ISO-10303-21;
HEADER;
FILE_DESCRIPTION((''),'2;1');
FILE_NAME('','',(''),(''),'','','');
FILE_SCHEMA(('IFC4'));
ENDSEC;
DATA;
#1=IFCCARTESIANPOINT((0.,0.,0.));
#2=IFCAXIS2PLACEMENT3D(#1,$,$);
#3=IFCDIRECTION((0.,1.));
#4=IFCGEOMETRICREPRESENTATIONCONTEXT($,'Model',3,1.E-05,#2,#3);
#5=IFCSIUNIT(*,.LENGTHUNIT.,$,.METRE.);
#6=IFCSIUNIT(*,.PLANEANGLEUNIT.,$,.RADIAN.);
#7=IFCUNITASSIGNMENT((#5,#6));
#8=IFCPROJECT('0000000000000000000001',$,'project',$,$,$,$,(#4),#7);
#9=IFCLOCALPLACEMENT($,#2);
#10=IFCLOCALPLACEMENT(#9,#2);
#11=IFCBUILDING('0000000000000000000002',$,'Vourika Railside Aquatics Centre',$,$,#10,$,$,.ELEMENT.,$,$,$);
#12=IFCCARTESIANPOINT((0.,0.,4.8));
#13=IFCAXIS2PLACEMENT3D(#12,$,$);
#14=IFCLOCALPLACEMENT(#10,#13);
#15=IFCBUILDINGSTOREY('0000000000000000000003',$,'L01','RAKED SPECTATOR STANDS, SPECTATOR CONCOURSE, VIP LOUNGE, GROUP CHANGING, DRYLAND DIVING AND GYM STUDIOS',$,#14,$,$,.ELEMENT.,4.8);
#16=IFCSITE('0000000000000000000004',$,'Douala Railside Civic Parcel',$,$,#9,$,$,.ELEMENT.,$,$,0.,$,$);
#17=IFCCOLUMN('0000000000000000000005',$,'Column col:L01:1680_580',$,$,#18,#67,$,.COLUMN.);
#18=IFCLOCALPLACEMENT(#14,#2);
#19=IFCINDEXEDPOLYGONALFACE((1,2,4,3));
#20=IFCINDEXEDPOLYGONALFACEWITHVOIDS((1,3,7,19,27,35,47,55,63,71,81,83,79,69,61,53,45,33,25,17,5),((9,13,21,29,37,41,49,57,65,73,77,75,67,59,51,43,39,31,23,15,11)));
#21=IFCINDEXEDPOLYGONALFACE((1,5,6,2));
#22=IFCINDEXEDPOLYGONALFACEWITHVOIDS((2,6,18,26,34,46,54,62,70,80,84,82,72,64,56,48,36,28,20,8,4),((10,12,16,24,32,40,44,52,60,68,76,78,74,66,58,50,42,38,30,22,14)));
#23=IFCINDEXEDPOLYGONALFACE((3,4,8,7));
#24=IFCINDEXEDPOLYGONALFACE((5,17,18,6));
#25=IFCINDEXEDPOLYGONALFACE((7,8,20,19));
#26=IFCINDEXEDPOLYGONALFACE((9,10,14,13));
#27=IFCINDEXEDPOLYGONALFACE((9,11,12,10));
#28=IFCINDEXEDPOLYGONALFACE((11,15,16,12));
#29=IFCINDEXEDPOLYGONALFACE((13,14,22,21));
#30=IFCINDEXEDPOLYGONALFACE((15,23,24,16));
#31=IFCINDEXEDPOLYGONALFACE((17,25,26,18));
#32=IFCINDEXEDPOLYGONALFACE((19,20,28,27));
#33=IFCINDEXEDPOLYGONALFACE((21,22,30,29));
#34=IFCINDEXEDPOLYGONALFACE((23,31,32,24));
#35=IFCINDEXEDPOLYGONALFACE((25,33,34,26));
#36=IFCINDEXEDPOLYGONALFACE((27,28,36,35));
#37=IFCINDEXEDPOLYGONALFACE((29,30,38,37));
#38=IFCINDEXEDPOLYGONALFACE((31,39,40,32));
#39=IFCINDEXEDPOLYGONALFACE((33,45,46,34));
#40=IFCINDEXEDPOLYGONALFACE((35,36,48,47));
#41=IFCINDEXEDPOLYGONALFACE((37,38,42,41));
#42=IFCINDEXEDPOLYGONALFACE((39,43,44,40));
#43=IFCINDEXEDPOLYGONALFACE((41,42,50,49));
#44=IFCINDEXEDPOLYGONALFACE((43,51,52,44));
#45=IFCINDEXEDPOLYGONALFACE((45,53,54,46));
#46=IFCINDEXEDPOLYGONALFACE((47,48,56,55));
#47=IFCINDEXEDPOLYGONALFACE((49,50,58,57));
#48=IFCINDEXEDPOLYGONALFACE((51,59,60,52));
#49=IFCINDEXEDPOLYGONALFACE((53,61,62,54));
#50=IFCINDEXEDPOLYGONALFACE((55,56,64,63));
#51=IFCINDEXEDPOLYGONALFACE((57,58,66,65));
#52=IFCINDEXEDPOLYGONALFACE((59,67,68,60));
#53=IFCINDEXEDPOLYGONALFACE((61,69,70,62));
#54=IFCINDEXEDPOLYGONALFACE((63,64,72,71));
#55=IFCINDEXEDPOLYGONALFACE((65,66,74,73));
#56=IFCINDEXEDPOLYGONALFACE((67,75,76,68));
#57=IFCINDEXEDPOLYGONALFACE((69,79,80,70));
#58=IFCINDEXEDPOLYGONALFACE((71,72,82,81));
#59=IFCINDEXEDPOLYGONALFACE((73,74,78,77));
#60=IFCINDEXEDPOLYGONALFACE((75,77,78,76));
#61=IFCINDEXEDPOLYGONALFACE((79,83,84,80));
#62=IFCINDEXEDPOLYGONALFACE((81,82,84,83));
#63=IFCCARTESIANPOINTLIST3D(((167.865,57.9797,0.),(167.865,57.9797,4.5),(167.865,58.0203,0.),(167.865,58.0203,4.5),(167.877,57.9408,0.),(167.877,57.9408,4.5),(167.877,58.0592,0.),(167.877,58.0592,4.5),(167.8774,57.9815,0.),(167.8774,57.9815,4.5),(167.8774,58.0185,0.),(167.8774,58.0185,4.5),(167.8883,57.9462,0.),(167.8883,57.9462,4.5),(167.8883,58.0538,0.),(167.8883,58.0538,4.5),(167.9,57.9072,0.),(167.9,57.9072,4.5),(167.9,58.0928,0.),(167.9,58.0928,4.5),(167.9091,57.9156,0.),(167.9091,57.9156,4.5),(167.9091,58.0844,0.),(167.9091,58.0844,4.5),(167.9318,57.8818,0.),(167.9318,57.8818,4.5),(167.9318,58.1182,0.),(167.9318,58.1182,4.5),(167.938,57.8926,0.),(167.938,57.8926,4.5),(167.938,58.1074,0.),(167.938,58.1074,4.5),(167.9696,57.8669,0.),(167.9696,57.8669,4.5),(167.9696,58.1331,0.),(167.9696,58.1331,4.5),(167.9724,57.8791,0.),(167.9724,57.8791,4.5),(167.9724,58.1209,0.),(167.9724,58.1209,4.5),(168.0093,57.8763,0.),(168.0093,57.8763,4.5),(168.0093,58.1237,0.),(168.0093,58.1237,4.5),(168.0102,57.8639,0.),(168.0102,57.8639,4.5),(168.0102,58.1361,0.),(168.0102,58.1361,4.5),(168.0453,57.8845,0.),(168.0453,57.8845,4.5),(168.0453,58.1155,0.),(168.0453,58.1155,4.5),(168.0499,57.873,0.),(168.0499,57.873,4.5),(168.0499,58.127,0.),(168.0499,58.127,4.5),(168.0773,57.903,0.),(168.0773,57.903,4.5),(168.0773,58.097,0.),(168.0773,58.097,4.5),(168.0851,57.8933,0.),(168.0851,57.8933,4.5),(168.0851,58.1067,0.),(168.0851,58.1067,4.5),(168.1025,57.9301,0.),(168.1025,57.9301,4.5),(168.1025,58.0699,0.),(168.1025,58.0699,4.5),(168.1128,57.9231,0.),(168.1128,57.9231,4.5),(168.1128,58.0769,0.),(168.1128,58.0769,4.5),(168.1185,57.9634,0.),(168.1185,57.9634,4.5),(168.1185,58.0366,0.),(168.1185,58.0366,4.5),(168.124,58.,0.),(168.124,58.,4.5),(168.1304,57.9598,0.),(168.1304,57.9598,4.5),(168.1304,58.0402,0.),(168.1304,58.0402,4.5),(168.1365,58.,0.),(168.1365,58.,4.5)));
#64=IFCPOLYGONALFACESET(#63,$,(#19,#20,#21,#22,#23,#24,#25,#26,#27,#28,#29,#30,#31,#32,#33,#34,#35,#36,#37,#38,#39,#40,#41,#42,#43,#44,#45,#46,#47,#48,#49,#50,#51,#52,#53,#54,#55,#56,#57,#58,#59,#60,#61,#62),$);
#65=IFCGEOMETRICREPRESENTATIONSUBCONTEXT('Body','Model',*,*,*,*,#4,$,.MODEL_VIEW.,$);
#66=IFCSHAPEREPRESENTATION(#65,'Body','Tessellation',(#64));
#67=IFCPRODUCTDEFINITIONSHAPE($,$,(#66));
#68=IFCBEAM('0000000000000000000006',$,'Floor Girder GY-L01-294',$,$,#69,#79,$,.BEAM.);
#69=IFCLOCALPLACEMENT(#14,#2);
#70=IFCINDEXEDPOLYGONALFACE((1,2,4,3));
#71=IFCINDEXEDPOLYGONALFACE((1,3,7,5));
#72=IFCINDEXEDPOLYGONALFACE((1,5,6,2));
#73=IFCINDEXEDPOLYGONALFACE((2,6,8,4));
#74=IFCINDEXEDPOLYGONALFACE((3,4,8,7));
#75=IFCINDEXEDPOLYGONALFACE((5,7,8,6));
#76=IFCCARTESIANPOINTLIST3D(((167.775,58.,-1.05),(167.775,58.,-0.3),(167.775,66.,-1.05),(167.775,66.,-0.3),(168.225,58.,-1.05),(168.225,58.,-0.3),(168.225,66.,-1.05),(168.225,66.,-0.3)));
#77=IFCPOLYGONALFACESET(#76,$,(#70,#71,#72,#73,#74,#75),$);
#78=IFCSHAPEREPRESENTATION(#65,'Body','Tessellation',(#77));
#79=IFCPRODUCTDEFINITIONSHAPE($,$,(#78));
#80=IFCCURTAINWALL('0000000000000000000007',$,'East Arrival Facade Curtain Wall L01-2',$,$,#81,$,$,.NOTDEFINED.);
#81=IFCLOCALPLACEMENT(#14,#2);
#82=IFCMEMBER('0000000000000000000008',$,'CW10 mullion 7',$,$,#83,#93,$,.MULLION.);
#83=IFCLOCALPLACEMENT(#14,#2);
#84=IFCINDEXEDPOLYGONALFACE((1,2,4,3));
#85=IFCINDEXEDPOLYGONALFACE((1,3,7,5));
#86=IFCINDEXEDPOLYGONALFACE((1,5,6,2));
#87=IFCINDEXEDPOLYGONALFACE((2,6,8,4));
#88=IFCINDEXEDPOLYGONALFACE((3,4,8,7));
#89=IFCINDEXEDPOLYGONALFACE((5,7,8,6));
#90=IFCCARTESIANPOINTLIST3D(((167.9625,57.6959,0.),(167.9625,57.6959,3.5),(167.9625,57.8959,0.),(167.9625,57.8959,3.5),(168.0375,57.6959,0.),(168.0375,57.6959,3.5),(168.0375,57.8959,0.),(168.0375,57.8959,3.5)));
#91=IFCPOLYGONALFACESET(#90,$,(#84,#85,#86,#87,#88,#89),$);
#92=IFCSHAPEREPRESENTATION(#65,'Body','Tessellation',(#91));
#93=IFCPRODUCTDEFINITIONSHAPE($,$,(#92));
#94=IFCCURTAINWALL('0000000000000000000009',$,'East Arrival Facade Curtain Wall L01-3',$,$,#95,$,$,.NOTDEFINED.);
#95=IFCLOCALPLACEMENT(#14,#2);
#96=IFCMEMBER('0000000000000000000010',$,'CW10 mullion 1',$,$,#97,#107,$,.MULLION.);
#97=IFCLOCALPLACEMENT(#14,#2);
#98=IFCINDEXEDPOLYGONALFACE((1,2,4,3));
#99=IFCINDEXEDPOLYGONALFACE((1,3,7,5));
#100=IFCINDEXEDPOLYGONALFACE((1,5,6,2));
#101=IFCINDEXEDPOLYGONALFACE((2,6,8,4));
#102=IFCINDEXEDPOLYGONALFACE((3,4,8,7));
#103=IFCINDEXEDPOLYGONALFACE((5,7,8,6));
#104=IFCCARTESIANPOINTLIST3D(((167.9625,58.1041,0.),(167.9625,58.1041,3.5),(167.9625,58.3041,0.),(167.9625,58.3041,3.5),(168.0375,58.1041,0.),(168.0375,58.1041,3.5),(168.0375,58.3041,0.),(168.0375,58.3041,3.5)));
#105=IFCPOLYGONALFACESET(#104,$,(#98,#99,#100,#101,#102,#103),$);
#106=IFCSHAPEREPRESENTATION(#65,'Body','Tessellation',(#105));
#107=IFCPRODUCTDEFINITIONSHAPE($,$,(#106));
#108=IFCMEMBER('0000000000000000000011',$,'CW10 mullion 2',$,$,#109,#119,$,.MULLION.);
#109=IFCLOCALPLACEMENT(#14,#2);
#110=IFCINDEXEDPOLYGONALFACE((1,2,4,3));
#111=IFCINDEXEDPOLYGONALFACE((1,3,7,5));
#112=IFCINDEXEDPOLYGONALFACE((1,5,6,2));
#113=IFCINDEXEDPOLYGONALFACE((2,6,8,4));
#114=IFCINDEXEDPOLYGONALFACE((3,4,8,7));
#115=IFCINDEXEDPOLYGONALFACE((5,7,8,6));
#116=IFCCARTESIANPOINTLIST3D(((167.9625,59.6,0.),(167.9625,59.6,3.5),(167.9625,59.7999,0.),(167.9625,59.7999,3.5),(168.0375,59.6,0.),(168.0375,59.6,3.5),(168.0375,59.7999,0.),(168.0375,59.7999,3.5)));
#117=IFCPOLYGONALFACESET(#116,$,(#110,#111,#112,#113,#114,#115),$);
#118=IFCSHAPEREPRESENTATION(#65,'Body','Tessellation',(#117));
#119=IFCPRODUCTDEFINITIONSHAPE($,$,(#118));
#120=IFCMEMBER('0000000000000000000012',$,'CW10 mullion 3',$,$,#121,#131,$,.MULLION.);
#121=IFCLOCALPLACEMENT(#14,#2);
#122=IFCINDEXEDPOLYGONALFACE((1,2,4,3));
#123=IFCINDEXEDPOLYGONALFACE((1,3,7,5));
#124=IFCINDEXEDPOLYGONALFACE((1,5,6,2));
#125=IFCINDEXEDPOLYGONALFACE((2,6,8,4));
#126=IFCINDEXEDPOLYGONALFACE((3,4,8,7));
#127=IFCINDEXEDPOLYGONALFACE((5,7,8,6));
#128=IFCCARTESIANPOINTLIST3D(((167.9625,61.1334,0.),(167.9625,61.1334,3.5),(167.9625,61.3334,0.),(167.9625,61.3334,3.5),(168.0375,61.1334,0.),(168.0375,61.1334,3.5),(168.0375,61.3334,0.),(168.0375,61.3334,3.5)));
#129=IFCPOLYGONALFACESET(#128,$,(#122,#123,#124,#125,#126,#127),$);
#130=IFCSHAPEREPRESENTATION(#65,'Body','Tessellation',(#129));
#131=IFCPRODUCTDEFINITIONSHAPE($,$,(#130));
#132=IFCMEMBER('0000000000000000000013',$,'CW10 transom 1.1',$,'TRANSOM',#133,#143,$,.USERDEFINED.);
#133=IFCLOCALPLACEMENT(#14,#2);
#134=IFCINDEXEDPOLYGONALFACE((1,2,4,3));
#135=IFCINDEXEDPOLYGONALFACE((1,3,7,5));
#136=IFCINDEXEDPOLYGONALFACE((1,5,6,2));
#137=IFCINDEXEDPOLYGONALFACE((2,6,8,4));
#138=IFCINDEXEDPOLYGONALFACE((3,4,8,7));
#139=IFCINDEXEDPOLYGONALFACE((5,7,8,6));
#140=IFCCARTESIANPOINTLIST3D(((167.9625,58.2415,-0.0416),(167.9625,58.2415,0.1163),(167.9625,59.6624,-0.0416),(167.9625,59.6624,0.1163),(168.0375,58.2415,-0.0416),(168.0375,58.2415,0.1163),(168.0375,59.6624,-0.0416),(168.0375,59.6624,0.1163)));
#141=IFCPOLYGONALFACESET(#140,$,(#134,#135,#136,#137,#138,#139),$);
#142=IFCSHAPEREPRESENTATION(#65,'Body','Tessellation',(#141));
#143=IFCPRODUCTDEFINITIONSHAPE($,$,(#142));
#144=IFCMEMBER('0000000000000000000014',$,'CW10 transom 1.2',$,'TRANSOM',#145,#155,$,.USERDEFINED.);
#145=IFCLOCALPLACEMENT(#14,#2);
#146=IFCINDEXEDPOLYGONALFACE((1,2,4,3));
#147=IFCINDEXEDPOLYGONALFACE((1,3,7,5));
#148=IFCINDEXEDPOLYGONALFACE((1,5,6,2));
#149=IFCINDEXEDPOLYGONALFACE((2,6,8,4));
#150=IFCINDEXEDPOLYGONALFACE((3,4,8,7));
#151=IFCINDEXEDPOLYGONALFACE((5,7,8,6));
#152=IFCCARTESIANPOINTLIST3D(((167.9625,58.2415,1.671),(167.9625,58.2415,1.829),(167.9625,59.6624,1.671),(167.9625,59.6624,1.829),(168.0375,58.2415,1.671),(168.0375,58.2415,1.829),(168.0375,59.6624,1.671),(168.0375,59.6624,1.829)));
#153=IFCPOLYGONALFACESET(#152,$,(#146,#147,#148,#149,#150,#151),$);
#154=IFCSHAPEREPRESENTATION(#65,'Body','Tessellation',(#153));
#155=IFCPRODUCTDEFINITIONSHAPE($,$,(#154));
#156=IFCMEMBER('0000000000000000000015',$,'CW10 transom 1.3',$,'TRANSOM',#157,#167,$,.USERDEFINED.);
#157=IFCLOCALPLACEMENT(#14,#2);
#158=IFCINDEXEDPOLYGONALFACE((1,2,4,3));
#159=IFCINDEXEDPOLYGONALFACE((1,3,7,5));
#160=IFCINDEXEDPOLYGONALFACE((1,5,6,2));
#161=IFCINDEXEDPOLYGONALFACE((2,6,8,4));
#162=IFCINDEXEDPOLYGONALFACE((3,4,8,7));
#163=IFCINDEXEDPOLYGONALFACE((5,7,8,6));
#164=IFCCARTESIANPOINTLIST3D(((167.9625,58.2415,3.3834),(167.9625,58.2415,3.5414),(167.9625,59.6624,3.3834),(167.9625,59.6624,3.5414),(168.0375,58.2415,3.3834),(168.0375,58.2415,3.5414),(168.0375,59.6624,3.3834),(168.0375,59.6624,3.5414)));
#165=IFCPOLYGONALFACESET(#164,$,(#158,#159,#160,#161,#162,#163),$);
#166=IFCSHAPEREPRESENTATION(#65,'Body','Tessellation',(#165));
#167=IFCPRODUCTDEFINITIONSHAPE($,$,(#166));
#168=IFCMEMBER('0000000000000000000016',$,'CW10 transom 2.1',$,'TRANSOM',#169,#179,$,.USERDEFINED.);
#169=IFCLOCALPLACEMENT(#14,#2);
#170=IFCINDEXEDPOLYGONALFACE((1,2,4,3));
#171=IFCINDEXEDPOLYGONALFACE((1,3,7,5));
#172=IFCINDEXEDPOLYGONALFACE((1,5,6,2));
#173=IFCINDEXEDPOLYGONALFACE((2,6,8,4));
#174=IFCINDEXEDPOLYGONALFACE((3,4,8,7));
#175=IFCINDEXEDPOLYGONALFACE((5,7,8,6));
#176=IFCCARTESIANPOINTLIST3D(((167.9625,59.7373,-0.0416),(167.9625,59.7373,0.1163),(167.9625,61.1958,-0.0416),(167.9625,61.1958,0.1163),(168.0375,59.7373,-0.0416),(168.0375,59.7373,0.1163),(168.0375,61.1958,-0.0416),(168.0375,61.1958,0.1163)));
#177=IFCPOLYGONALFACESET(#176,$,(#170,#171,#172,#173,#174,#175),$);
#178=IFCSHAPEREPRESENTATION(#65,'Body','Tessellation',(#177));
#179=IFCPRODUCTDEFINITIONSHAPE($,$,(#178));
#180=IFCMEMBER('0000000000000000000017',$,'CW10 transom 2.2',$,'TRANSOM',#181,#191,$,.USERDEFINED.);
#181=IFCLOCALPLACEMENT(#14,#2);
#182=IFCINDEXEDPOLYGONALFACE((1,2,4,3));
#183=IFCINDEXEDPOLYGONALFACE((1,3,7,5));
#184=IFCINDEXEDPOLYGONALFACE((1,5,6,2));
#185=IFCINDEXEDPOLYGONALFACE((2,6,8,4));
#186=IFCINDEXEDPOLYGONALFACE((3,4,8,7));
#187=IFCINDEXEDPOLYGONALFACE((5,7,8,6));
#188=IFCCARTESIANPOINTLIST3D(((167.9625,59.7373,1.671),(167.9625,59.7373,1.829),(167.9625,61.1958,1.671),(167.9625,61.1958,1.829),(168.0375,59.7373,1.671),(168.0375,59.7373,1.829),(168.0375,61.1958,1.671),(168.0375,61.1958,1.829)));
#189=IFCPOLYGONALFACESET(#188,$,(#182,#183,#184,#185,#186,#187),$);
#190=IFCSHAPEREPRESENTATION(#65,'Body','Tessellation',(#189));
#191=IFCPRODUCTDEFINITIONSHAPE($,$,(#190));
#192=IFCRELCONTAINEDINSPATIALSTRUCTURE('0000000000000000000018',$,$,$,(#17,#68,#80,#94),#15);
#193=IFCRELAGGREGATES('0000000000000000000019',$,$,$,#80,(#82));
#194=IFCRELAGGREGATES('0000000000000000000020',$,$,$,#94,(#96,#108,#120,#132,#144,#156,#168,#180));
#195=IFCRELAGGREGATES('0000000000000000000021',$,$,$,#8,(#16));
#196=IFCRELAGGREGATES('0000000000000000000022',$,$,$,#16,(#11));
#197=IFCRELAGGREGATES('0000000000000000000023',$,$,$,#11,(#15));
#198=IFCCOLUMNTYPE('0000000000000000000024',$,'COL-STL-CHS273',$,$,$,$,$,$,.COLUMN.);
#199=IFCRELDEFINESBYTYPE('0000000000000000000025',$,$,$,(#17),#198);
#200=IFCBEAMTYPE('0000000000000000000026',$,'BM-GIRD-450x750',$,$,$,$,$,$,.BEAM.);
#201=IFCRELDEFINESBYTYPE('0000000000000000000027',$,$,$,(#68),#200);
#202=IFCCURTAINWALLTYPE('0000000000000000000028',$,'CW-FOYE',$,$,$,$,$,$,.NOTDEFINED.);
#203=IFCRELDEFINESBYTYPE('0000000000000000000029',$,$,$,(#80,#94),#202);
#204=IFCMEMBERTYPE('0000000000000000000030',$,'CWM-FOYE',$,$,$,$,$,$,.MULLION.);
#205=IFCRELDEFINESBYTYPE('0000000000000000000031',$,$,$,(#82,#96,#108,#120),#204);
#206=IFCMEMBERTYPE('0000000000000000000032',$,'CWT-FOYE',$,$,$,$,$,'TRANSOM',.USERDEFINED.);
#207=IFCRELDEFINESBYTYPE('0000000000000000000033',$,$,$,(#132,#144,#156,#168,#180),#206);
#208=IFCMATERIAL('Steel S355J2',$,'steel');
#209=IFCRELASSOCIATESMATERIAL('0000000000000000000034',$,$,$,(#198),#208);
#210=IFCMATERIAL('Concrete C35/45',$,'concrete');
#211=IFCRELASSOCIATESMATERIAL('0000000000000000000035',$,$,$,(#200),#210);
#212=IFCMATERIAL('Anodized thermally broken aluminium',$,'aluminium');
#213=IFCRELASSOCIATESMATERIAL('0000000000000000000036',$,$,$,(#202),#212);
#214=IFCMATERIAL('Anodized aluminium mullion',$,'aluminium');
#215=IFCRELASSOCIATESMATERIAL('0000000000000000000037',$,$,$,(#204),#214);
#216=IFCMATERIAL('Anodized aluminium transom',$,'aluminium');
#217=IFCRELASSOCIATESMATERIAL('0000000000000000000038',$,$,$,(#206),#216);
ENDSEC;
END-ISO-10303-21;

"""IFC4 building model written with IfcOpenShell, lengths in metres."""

from ifc_helpers import new_model, si_unit, direction, frame, origin, origin_2d, place, context, subcontext, project, spatial, rectangle, hollow_circle, extrude, material, material_profile, profile_set, type_object, element, aggregate, save


model = new_model("IFC4")

# Units and contexts
model_context = context("Model", 3, precision=1e-05, world=origin(), true_north=direction((0.0, 1.0)))
body_context = subcontext(model_context, "Body", "Model", "MODEL_VIEW")
ifc_project = project(units=[si_unit("LENGTHUNIT", "METRE"), si_unit("PLANEANGLEUNIT", "RADIAN")], contexts=[model_context])

# Site, building, storey
site_placement = place(None, origin())
site = spatial("IfcSite", under=ifc_project, at=site_placement, Name="Douala Railside Civic Parcel", CompositionType="ELEMENT", RefElevation=0.0)
building_placement = place(site_placement, origin())
building = spatial("IfcBuilding", under=site, at=building_placement, Name="Vourika Railside Aquatics Centre", CompositionType="ELEMENT")
storey_placement = place(building_placement, frame((0.0, 0.0, 4.8)))
storey = spatial("IfcBuildingStorey", under=building, at=storey_placement, Name="L01", Description="RAKED SPECTATOR STANDS, SPECTATOR CONCOURSE, VIP LOUNGE, GROUP CHANGING, DRYLAND DIVING AND GYM STUDIOS", CompositionType="ELEMENT", Elevation=4.8)

# Column
ifc_material_1 = material(Name="Steel S355J2", Category="steel")
ifc_material_profile_1 = material_profile(ifc_material_1, hollow_circle(Radius=0.1365, WallThickness=0.0125, at=origin_2d()), Name="CHS 273x12.5")
ifc_profile_set_1 = profile_set([ifc_material_profile_1], Name="Steel S355J2")
column_type = type_object("IfcColumnType", Name="COL-STL-CHS273", PredefinedType="COLUMN", material=ifc_profile_set_1)
column_placement = place(storey_placement, frame((168.0, 58.0, 0.0), z_axis=(0.0, 0.0, 1.0), x_axis=(1.0, 0.0, 0.0)))
element("IfcColumn", 1, at=column_placement, inside=storey, type_object=column_type, Name="Column col:L01:1680_580", PredefinedType="COLUMN", context=body_context, shape_type="SweptSolid", body=[
    extrude(hollow_circle(Radius=0.1365, WallThickness=0.0125, at=origin_2d()), origin(), (0.0, 0.0, 1.0), 4.5),
])

# Beam
ifc_material_2 = material(Name="Concrete C35/45", Category="concrete")
ifc_material_profile_2 = material_profile(ifc_material_2, rectangle(XDim=0.45, YDim=0.75, at=origin_2d()), Name="RC 450x750")
ifc_profile_set_2 = profile_set([ifc_material_profile_2], Name="Concrete C35/45")
beam_type = type_object("IfcBeamType", Name="BM-GIRD-450x750", PredefinedType="BEAM", material=ifc_profile_set_2)
beam_placement = place(storey_placement, frame((168.0, 58.0, -0.675), z_axis=(0.0, 1.0, 0.0), x_axis=(-1.0, 0.0, 0.0)))
element("IfcBeam", 2, at=beam_placement, inside=storey, type_object=beam_type, Name="Floor Girder GY-L01-294", PredefinedType="BEAM", context=body_context, shape_type="SweptSolid", body=[
    extrude(rectangle(XDim=0.45, YDim=0.75, at=origin_2d()), origin(), (0.0, 0.0, 1.0), 8.0),
])

# Curtain wall, member
ifc_material_3 = material(Name="Anodized thermally broken aluminium", Category="aluminium")
curtain_wall_type = type_object("IfcCurtainWallType", Name="CW-FOYE", PredefinedType="NOTDEFINED", material=ifc_material_3)
curtain_wall_1_placement = place(storey_placement, origin())
curtain_wall_1 = element("IfcCurtainWall", 3, at=curtain_wall_1_placement, inside=storey, type_object=curtain_wall_type, Name="East Arrival Facade Curtain Wall L01-2", PredefinedType="NOTDEFINED")
ifc_material_4 = material(Name="Anodized aluminium mullion", Category="aluminium")
ifc_material_profile_3 = material_profile(ifc_material_4, rectangle(XDim=0.075, YDim=0.2, at=origin_2d()), Name="ALU-M 75x200")
ifc_profile_set_3 = profile_set([ifc_material_profile_3], Name="Anodized aluminium mullion")
member_type_1 = type_object("IfcMemberType", Name="CWM-FOYE", PredefinedType="MULLION", material=ifc_profile_set_3)
member_1_placement = place(storey_placement, frame((168.0, 57.7959, 0.0), z_axis=(0.0, 0.0, 1.0), x_axis=(-1.0, 0.0, 0.0)))
member_1 = element("IfcMember", 4, at=member_1_placement, type_object=member_type_1, Name="CW10 mullion 7", PredefinedType="MULLION", context=body_context, shape_type="SweptSolid", body=[
    extrude(rectangle(XDim=0.075, YDim=0.2, at=origin_2d()), origin(), (0.0, 0.0, 1.0), 3.5),
])

# Curtain wall, members
curtain_wall_2_placement = place(storey_placement, origin())
curtain_wall_2 = element("IfcCurtainWall", 5, at=curtain_wall_2_placement, inside=storey, type_object=curtain_wall_type, Name="East Arrival Facade Curtain Wall L01-3", PredefinedType="NOTDEFINED")
member_2_placement = place(storey_placement, frame((168.0, 58.2041, 0.0), z_axis=(0.0, 0.0, 1.0), x_axis=(-1.0, 0.0, 0.0)))
member_2 = element("IfcMember", 6, at=member_2_placement, type_object=member_type_1, Name="CW10 mullion 1", PredefinedType="MULLION", context=body_context, shape_type="SweptSolid", body=[
    extrude(rectangle(XDim=0.075, YDim=0.2, at=origin_2d()), origin(), (0.0, 0.0, 1.0), 3.5),
])
member_3_placement = place(storey_placement, frame((168.0, 59.7, 0.0), z_axis=(0.0, 0.0, 1.0), x_axis=(-1.0, 0.0, 0.0)))
member_3 = element("IfcMember", 7, at=member_3_placement, type_object=member_type_1, Name="CW10 mullion 2", PredefinedType="MULLION", context=body_context, shape_type="SweptSolid", body=[
    extrude(rectangle(XDim=0.075, YDim=0.2, at=origin_2d()), origin(), (0.0, 0.0, 1.0), 3.5),
])
member_4_placement = place(storey_placement, frame((168.0, 61.2334, 0.0), z_axis=(0.0, 0.0, 1.0), x_axis=(-1.0, 0.0, 0.0)))
member_4 = element("IfcMember", 8, at=member_4_placement, type_object=member_type_1, Name="CW10 mullion 3", PredefinedType="MULLION", context=body_context, shape_type="SweptSolid", body=[
    extrude(rectangle(XDim=0.075, YDim=0.2, at=origin_2d()), origin(), (0.0, 0.0, 1.0), 3.5),
])
ifc_material_5 = material(Name="Anodized aluminium transom", Category="aluminium")
ifc_material_profile_4 = material_profile(ifc_material_5, rectangle(XDim=0.075, YDim=0.158, at=origin_2d()), Name="ALU-T 75x158")
ifc_profile_set_4 = profile_set([ifc_material_profile_4], Name="Anodized aluminium transom")
member_type_2 = type_object("IfcMemberType", Name="CWT-FOYE", ElementType="TRANSOM", PredefinedType="USERDEFINED", material=ifc_profile_set_4)
member_5_placement = place(storey_placement, frame((168.0, 58.2415, 0.0374), z_axis=(0.0, 1.0, 0.0), x_axis=(-1.0, 0.0, 0.0)))
member_5 = element("IfcMember", 9, at=member_5_placement, type_object=member_type_2, Name="CW10 transom 1.1", ObjectType="TRANSOM", PredefinedType="USERDEFINED", context=body_context, shape_type="SweptSolid", body=[
    extrude(rectangle(XDim=0.075, YDim=0.158, at=origin_2d()), origin(), (0.0, 0.0, 1.0), 1.4209),
])
member_6_placement = place(storey_placement, frame((168.0, 58.2415, 1.75), z_axis=(0.0, 1.0, 0.0), x_axis=(-1.0, 0.0, 0.0)))
member_6 = element("IfcMember", 10, at=member_6_placement, type_object=member_type_2, Name="CW10 transom 1.2", ObjectType="TRANSOM", PredefinedType="USERDEFINED", context=body_context, shape_type="SweptSolid", body=[
    extrude(rectangle(XDim=0.075, YDim=0.158, at=origin_2d()), origin(), (0.0, 0.0, 1.0), 1.4209),
])
member_7_placement = place(storey_placement, frame((168.0, 58.2415, 3.4624), z_axis=(0.0, 1.0, 0.0), x_axis=(-1.0, 0.0, 0.0)))
member_7 = element("IfcMember", 11, at=member_7_placement, type_object=member_type_2, Name="CW10 transom 1.3", ObjectType="TRANSOM", PredefinedType="USERDEFINED", context=body_context, shape_type="SweptSolid", body=[
    extrude(rectangle(XDim=0.075, YDim=0.158, at=origin_2d()), origin(), (0.0, 0.0, 1.0), 1.4209),
])
member_8_placement = place(storey_placement, frame((168.0, 59.7373, 0.0374), z_axis=(0.0, 1.0, 0.0), x_axis=(-1.0, 0.0, 0.0)))
member_8 = element("IfcMember", 12, at=member_8_placement, type_object=member_type_2, Name="CW10 transom 2.1", ObjectType="TRANSOM", PredefinedType="USERDEFINED", context=body_context, shape_type="SweptSolid", body=[
    extrude(rectangle(XDim=0.075, YDim=0.158, at=origin_2d()), origin(), (0.0, 0.0, 1.0), 1.4585),
])
member_9_placement = place(storey_placement, frame((168.0, 59.7373, 1.75), z_axis=(0.0, 1.0, 0.0), x_axis=(-1.0, 0.0, 0.0)))
member_9 = element("IfcMember", 13, at=member_9_placement, type_object=member_type_2, Name="CW10 transom 2.2", ObjectType="TRANSOM", PredefinedType="USERDEFINED", context=body_context, shape_type="SweptSolid", body=[
    extrude(rectangle(XDim=0.075, YDim=0.158, at=origin_2d()), origin(), (0.0, 0.0, 1.0), 1.4585),
])

aggregate(curtain_wall_1, [member_1])
aggregate(curtain_wall_2, [member_2, member_3, member_4, member_5, member_6, member_7, member_8, member_9])

save(model, "model.ifc")
